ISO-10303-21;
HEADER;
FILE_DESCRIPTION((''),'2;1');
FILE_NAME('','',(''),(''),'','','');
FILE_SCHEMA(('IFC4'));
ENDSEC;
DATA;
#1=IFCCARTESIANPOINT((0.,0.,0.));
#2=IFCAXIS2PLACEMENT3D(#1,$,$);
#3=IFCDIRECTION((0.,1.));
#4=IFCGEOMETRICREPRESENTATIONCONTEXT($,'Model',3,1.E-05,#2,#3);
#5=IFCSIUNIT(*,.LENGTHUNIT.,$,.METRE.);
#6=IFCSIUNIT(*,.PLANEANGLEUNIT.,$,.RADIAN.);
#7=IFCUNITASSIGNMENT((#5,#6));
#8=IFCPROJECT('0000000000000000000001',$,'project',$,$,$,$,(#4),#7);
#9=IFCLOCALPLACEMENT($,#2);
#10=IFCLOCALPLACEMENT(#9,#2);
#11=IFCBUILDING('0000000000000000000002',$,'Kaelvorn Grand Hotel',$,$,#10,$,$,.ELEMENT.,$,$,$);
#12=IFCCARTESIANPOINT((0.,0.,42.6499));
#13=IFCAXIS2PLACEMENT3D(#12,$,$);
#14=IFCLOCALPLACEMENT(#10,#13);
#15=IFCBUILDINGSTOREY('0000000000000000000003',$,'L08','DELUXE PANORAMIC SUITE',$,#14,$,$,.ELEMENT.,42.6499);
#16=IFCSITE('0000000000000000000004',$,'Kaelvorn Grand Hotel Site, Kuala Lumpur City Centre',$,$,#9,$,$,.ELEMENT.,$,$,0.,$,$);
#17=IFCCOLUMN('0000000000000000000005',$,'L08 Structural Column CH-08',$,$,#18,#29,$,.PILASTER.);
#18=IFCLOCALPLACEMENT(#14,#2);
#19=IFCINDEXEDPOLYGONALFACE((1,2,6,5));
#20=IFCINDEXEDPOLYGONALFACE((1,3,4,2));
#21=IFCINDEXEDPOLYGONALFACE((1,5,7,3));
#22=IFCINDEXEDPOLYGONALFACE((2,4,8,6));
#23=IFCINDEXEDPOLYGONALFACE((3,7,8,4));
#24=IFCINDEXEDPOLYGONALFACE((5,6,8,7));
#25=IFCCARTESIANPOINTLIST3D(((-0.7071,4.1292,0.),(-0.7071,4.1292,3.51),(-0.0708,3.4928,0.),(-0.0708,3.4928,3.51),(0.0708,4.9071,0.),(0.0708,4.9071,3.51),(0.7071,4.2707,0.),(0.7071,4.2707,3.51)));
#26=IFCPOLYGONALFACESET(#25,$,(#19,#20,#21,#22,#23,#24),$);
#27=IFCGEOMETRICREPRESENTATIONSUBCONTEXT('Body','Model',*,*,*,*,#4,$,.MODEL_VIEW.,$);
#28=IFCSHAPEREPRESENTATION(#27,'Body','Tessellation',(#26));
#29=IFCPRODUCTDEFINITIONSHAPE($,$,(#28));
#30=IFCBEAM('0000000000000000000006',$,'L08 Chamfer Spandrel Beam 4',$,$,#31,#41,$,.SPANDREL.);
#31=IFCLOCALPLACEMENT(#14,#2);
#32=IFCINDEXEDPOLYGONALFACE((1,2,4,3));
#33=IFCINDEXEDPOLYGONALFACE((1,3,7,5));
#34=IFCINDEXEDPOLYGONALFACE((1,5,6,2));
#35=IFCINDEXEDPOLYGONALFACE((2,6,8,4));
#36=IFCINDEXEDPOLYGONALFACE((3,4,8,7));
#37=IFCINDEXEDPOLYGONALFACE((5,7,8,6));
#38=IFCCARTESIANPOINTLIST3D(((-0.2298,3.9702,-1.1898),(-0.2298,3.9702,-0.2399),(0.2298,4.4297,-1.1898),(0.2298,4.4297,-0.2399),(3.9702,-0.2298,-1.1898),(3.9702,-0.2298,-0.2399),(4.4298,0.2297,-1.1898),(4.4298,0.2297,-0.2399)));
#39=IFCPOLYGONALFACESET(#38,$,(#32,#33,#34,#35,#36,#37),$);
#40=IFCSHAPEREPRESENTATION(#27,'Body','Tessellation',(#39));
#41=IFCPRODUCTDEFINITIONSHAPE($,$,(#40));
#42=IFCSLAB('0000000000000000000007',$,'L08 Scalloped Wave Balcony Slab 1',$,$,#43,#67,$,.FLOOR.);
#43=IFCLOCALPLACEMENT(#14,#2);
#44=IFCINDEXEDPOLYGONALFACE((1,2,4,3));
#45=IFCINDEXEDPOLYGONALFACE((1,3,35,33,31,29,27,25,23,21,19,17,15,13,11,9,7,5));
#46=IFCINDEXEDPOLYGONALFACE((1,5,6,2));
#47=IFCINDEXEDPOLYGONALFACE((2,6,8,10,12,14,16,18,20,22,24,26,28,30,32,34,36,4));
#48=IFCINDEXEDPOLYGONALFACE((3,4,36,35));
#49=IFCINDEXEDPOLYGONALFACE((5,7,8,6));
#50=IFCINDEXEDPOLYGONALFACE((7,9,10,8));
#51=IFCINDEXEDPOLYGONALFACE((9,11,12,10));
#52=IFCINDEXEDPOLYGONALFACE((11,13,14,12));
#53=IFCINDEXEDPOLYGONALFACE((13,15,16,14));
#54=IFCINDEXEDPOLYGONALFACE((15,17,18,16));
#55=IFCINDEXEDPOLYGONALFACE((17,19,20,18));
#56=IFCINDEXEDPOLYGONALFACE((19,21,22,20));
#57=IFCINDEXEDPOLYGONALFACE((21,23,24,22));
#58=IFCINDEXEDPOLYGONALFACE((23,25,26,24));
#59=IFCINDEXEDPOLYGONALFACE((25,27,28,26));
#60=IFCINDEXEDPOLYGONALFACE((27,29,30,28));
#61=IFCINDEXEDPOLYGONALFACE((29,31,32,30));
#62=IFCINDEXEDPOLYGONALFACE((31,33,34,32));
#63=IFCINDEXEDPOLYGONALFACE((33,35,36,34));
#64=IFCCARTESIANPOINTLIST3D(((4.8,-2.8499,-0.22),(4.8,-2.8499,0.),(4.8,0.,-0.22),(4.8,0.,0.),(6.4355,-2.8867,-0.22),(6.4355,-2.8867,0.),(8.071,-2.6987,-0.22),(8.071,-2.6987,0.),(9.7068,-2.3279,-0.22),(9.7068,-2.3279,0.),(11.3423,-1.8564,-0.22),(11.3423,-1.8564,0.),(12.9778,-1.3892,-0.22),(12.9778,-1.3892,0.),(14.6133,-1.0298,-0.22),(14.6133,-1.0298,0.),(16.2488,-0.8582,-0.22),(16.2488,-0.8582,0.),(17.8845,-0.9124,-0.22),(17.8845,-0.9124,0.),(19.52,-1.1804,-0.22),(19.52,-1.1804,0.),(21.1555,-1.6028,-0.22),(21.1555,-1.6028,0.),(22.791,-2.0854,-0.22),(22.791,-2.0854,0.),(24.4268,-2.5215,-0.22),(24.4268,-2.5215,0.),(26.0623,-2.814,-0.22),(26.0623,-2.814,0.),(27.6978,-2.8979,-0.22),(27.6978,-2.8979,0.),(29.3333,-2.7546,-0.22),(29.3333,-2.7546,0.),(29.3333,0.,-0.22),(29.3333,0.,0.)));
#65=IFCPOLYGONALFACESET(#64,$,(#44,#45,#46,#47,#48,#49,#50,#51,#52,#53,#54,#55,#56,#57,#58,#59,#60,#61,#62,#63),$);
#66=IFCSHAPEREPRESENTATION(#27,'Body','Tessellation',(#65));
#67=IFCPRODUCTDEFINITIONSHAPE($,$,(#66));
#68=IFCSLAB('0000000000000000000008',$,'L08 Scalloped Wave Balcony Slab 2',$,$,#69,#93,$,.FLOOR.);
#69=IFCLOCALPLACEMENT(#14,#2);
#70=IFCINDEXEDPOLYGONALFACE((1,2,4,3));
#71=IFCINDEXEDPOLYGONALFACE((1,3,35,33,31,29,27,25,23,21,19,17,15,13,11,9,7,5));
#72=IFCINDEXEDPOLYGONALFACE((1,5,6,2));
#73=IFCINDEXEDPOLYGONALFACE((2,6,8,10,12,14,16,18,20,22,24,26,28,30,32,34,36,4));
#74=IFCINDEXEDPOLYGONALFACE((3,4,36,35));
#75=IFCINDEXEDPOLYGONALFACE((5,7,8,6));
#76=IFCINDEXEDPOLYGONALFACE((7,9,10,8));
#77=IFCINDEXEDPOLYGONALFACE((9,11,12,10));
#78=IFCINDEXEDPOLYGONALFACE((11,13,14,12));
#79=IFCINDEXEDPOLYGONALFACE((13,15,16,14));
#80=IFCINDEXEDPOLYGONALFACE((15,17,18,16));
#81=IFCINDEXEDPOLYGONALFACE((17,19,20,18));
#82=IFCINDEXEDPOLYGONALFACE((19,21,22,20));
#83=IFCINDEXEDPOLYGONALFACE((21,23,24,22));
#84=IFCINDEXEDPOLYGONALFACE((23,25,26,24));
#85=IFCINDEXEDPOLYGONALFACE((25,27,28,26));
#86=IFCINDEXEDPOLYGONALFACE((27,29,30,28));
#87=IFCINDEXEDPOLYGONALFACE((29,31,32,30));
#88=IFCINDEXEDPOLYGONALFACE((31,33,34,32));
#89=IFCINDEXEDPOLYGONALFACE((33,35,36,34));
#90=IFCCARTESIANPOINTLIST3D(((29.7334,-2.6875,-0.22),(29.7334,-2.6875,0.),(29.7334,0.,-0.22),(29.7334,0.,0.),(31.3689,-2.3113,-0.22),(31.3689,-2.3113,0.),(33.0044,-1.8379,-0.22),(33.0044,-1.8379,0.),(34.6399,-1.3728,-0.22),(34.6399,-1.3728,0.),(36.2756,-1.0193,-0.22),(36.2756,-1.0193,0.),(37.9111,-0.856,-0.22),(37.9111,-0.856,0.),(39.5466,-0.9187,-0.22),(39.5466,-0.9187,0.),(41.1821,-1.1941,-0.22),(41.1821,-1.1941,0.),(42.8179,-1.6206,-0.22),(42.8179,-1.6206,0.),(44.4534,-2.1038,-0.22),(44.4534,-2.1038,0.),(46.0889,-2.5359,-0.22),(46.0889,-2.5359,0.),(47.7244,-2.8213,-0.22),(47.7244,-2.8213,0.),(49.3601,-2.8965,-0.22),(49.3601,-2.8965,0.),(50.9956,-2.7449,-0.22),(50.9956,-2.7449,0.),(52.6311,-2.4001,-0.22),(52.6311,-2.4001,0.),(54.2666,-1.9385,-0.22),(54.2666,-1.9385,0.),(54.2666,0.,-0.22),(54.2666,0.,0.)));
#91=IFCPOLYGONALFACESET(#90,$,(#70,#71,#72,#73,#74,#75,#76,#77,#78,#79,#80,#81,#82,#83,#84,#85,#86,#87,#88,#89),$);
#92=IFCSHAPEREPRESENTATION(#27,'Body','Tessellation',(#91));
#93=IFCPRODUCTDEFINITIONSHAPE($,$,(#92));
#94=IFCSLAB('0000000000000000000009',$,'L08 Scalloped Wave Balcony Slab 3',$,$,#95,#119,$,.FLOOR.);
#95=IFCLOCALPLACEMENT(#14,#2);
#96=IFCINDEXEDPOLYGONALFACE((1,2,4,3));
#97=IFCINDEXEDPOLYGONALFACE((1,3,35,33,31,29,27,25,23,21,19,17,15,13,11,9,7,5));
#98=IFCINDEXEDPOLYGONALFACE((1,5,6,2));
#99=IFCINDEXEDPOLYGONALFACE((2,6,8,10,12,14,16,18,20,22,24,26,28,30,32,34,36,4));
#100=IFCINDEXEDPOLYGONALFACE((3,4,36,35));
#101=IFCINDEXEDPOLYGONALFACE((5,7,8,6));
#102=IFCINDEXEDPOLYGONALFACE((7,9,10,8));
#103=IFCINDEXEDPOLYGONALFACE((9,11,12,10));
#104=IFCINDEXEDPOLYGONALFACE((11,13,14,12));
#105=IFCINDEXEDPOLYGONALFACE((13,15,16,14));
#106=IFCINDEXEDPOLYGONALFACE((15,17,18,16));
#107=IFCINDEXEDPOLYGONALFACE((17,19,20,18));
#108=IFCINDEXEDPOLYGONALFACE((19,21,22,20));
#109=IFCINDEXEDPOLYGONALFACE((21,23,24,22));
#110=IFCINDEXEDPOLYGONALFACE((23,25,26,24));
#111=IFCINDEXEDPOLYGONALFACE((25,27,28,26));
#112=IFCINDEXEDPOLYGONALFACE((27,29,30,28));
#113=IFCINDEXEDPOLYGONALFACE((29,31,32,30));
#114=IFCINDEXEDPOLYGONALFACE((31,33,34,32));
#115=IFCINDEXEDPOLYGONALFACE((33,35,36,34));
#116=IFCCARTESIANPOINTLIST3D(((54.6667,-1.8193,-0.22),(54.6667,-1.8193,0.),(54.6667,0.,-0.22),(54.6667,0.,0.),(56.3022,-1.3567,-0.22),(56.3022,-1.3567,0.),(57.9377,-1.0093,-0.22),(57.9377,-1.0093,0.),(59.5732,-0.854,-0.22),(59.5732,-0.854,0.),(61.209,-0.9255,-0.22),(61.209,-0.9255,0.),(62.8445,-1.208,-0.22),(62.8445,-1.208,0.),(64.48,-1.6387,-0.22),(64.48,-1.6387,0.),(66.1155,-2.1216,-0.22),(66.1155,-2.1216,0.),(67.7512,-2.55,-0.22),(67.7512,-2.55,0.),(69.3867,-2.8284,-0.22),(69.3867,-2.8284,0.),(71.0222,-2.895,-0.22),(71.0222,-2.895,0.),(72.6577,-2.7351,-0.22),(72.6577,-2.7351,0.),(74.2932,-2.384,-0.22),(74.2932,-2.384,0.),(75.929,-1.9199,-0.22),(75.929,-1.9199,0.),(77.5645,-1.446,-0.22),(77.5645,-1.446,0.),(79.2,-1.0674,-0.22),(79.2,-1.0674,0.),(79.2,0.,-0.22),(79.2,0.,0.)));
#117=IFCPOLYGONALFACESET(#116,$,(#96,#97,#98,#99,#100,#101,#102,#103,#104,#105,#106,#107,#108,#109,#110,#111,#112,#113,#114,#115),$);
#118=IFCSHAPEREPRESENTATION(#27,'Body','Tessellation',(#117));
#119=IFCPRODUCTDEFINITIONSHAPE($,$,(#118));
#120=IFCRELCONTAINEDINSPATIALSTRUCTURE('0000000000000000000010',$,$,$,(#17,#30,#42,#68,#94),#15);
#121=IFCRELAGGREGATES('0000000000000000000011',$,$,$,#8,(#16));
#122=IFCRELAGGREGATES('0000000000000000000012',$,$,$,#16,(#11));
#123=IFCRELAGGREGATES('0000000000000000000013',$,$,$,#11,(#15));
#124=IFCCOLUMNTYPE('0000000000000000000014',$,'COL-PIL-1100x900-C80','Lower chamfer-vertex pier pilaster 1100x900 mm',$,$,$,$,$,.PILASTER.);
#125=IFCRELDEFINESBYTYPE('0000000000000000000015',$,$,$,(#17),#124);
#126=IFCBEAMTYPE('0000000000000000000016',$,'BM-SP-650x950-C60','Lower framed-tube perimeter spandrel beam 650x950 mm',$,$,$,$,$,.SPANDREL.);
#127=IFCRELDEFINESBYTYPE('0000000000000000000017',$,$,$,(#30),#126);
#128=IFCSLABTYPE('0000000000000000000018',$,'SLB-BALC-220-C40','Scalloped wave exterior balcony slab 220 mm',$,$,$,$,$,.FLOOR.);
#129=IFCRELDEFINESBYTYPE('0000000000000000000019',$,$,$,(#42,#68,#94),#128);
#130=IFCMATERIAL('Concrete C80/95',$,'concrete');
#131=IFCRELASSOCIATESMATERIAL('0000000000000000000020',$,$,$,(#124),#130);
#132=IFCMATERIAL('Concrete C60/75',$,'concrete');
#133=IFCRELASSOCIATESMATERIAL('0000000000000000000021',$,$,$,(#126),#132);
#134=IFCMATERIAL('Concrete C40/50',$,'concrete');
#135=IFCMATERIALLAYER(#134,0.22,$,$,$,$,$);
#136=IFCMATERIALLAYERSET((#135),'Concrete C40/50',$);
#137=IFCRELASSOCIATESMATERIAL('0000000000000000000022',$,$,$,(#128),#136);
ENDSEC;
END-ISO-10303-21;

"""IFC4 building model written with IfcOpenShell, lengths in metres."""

from ifc_helpers import new_model, si_unit, direction, frame, origin, origin_2d, place, context, subcontext, project, spatial, polyline, rectangle, outline, extrude, material, layer, layer_set, material_profile, profile_set, type_object, element, save


model = new_model("IFC4")

# Units and contexts
model_context = context("Model", 3, precision=1e-05, world=origin(), true_north=direction((0.0, 1.0)))
body_context = subcontext(model_context, "Body", "Model", "MODEL_VIEW")
ifc_project = project(units=[si_unit("LENGTHUNIT", "METRE"), si_unit("PLANEANGLEUNIT", "RADIAN")], contexts=[model_context])

# Site, building, storey
site_placement = place(None, origin())
site = spatial("IfcSite", under=ifc_project, at=site_placement, Name="Kaelvorn Grand Hotel Site, Kuala Lumpur City Centre", CompositionType="ELEMENT", RefElevation=0.0)
building_placement = place(site_placement, origin())
building = spatial("IfcBuilding", under=site, at=building_placement, Name="Kaelvorn Grand Hotel", CompositionType="ELEMENT")
storey_placement = place(building_placement, frame((0.0, 0.0, 42.6499)))
storey = spatial("IfcBuildingStorey", under=building, at=storey_placement, Name="L08", Description="DELUXE PANORAMIC SUITE", CompositionType="ELEMENT", Elevation=42.6499)

# Column
ifc_material_1 = material(Name="Concrete C80/95", Category="concrete")
ifc_material_profile_1 = material_profile(ifc_material_1, rectangle(XDim=1.1001, YDim=0.8999, at=origin_2d()), Name="RC PILASTER 1100x900")
ifc_profile_set_1 = profile_set([ifc_material_profile_1], Name="Concrete C80/95")
column_type = type_object("IfcColumnType", Name="COL-PIL-1100x900-C80", Description="Lower chamfer-vertex pier pilaster 1100x900 mm", PredefinedType="PILASTER", material=ifc_profile_set_1)
column_placement = place(storey_placement, frame((0.0, 4.2, 0.0), z_axis=(0.0, 0.0, 1.0), x_axis=(0.707107, 0.707107, 0.0)))
element("IfcColumn", 1, at=column_placement, inside=storey, type_object=column_type, Name="L08 Structural Column CH-08", PredefinedType="PILASTER", context=body_context, shape_type="SweptSolid", body=[
    extrude(rectangle(XDim=1.1001, YDim=0.8999, at=origin_2d()), origin(), (0.0, 0.0, 1.0), 3.51),
])

# Beam
ifc_material_2 = material(Name="Concrete C60/75", Category="concrete")
ifc_material_profile_2 = material_profile(ifc_material_2, rectangle(XDim=0.6499, YDim=0.95, at=origin_2d()), Name="RC SPANDREL 650x950")
ifc_profile_set_2 = profile_set([ifc_material_profile_2], Name="Concrete C60/75")
beam_type = type_object("IfcBeamType", Name="BM-SP-650x950-C60", Description="Lower framed-tube perimeter spandrel beam 650x950 mm", PredefinedType="SPANDREL", material=ifc_profile_set_2)
beam_placement = place(storey_placement, frame((0.0, 4.2, -0.7148), z_axis=(0.707107, -0.707107, 0.0), x_axis=(0.707107, 0.707107, 0.0)))
element("IfcBeam", 2, at=beam_placement, inside=storey, type_object=beam_type, Name="L08 Chamfer Spandrel Beam 4", PredefinedType="SPANDREL", context=body_context, shape_type="SweptSolid", body=[
    extrude(rectangle(XDim=0.6499, YDim=0.95, at=origin_2d()), origin(), (0.0, 0.0, 1.0), 5.9397),
])

# Slabs
ifc_material_3 = material(Name="Concrete C40/50", Category="concrete")
ifc_layer_1 = layer(ifc_material_3, 0.22)
ifc_layer_set_1 = layer_set([ifc_layer_1], Name="Concrete C40/50")
slab_type_1 = type_object("IfcSlabType", Name="SLB-BALC-220-C40", Description="Scalloped wave exterior balcony slab 220 mm", PredefinedType="FLOOR", material=ifc_layer_set_1)
slab_1_placement = place(storey_placement, frame((0.0, 0.0, -0.22)))
element("IfcSlab", 3, at=slab_1_placement, inside=storey, type_object=slab_type_1, Name="L08 Scalloped Wave Balcony Slab 1", PredefinedType="FLOOR", context=body_context, shape_type="SweptSolid", body=[
    extrude(outline(polyline([(4.8, -2.8499), (6.4355, -2.8867), (8.071, -2.6987), (9.7068, -2.3279), (11.3423, -1.8564), (12.9778, -1.3892), (14.6133, -1.0298), (16.2488, -0.8582), (17.8845, -0.9124), (19.52, -1.1804), (21.1555, -1.6028), (22.791, -2.0854), (24.4268, -2.5215), (26.0623, -2.814), (27.6978, -2.8979), (29.3333, -2.7546), (29.3333, 0.0), (4.8, 0.0), (4.8, -2.8499)])), origin(), (0.0, 0.0, 1.0), 0.22),
])
slab_2_placement = place(storey_placement, frame((0.0, 0.0, -0.22)))
element("IfcSlab", 4, at=slab_2_placement, inside=storey, type_object=slab_type_1, Name="L08 Scalloped Wave Balcony Slab 2", PredefinedType="FLOOR", context=body_context, shape_type="SweptSolid", body=[
    extrude(outline(polyline([(29.7334, -2.6875), (31.3689, -2.3113), (33.0044, -1.8379), (34.6399, -1.3728), (36.2756, -1.0193), (37.9111, -0.856), (39.5466, -0.9187), (41.1821, -1.1941), (42.8179, -1.6206), (44.4534, -2.1038), (46.0889, -2.5359), (47.7244, -2.8213), (49.3601, -2.8965), (50.9956, -2.7449), (52.6311, -2.4001), (54.2666, -1.9385), (54.2666, 0.0), (29.7334, 0.0), (29.7334, -2.6875)])), origin(), (0.0, 0.0, 1.0), 0.22),
])
slab_3_placement = place(storey_placement, frame((0.0, 0.0, -0.22)))
element("IfcSlab", 5, at=slab_3_placement, inside=storey, type_object=slab_type_1, Name="L08 Scalloped Wave Balcony Slab 3", PredefinedType="FLOOR", context=body_context, shape_type="SweptSolid", body=[
    extrude(outline(polyline([(54.6667, -1.8193), (56.3022, -1.3567), (57.9377, -1.0093), (59.5732, -0.854), (61.209, -0.9255), (62.8445, -1.208), (64.48, -1.6387), (66.1155, -2.1216), (67.7512, -2.55), (69.3867, -2.8284), (71.0222, -2.895), (72.6577, -2.7351), (74.2932, -2.384), (75.929, -1.9199), (77.5645, -1.446), (79.2, -1.0674), (79.2, 0.0), (54.6667, 0.0), (54.6667, -1.8193)])), origin(), (0.0, 0.0, 1.0), 0.22),
])

save(model, "model.ifc")
